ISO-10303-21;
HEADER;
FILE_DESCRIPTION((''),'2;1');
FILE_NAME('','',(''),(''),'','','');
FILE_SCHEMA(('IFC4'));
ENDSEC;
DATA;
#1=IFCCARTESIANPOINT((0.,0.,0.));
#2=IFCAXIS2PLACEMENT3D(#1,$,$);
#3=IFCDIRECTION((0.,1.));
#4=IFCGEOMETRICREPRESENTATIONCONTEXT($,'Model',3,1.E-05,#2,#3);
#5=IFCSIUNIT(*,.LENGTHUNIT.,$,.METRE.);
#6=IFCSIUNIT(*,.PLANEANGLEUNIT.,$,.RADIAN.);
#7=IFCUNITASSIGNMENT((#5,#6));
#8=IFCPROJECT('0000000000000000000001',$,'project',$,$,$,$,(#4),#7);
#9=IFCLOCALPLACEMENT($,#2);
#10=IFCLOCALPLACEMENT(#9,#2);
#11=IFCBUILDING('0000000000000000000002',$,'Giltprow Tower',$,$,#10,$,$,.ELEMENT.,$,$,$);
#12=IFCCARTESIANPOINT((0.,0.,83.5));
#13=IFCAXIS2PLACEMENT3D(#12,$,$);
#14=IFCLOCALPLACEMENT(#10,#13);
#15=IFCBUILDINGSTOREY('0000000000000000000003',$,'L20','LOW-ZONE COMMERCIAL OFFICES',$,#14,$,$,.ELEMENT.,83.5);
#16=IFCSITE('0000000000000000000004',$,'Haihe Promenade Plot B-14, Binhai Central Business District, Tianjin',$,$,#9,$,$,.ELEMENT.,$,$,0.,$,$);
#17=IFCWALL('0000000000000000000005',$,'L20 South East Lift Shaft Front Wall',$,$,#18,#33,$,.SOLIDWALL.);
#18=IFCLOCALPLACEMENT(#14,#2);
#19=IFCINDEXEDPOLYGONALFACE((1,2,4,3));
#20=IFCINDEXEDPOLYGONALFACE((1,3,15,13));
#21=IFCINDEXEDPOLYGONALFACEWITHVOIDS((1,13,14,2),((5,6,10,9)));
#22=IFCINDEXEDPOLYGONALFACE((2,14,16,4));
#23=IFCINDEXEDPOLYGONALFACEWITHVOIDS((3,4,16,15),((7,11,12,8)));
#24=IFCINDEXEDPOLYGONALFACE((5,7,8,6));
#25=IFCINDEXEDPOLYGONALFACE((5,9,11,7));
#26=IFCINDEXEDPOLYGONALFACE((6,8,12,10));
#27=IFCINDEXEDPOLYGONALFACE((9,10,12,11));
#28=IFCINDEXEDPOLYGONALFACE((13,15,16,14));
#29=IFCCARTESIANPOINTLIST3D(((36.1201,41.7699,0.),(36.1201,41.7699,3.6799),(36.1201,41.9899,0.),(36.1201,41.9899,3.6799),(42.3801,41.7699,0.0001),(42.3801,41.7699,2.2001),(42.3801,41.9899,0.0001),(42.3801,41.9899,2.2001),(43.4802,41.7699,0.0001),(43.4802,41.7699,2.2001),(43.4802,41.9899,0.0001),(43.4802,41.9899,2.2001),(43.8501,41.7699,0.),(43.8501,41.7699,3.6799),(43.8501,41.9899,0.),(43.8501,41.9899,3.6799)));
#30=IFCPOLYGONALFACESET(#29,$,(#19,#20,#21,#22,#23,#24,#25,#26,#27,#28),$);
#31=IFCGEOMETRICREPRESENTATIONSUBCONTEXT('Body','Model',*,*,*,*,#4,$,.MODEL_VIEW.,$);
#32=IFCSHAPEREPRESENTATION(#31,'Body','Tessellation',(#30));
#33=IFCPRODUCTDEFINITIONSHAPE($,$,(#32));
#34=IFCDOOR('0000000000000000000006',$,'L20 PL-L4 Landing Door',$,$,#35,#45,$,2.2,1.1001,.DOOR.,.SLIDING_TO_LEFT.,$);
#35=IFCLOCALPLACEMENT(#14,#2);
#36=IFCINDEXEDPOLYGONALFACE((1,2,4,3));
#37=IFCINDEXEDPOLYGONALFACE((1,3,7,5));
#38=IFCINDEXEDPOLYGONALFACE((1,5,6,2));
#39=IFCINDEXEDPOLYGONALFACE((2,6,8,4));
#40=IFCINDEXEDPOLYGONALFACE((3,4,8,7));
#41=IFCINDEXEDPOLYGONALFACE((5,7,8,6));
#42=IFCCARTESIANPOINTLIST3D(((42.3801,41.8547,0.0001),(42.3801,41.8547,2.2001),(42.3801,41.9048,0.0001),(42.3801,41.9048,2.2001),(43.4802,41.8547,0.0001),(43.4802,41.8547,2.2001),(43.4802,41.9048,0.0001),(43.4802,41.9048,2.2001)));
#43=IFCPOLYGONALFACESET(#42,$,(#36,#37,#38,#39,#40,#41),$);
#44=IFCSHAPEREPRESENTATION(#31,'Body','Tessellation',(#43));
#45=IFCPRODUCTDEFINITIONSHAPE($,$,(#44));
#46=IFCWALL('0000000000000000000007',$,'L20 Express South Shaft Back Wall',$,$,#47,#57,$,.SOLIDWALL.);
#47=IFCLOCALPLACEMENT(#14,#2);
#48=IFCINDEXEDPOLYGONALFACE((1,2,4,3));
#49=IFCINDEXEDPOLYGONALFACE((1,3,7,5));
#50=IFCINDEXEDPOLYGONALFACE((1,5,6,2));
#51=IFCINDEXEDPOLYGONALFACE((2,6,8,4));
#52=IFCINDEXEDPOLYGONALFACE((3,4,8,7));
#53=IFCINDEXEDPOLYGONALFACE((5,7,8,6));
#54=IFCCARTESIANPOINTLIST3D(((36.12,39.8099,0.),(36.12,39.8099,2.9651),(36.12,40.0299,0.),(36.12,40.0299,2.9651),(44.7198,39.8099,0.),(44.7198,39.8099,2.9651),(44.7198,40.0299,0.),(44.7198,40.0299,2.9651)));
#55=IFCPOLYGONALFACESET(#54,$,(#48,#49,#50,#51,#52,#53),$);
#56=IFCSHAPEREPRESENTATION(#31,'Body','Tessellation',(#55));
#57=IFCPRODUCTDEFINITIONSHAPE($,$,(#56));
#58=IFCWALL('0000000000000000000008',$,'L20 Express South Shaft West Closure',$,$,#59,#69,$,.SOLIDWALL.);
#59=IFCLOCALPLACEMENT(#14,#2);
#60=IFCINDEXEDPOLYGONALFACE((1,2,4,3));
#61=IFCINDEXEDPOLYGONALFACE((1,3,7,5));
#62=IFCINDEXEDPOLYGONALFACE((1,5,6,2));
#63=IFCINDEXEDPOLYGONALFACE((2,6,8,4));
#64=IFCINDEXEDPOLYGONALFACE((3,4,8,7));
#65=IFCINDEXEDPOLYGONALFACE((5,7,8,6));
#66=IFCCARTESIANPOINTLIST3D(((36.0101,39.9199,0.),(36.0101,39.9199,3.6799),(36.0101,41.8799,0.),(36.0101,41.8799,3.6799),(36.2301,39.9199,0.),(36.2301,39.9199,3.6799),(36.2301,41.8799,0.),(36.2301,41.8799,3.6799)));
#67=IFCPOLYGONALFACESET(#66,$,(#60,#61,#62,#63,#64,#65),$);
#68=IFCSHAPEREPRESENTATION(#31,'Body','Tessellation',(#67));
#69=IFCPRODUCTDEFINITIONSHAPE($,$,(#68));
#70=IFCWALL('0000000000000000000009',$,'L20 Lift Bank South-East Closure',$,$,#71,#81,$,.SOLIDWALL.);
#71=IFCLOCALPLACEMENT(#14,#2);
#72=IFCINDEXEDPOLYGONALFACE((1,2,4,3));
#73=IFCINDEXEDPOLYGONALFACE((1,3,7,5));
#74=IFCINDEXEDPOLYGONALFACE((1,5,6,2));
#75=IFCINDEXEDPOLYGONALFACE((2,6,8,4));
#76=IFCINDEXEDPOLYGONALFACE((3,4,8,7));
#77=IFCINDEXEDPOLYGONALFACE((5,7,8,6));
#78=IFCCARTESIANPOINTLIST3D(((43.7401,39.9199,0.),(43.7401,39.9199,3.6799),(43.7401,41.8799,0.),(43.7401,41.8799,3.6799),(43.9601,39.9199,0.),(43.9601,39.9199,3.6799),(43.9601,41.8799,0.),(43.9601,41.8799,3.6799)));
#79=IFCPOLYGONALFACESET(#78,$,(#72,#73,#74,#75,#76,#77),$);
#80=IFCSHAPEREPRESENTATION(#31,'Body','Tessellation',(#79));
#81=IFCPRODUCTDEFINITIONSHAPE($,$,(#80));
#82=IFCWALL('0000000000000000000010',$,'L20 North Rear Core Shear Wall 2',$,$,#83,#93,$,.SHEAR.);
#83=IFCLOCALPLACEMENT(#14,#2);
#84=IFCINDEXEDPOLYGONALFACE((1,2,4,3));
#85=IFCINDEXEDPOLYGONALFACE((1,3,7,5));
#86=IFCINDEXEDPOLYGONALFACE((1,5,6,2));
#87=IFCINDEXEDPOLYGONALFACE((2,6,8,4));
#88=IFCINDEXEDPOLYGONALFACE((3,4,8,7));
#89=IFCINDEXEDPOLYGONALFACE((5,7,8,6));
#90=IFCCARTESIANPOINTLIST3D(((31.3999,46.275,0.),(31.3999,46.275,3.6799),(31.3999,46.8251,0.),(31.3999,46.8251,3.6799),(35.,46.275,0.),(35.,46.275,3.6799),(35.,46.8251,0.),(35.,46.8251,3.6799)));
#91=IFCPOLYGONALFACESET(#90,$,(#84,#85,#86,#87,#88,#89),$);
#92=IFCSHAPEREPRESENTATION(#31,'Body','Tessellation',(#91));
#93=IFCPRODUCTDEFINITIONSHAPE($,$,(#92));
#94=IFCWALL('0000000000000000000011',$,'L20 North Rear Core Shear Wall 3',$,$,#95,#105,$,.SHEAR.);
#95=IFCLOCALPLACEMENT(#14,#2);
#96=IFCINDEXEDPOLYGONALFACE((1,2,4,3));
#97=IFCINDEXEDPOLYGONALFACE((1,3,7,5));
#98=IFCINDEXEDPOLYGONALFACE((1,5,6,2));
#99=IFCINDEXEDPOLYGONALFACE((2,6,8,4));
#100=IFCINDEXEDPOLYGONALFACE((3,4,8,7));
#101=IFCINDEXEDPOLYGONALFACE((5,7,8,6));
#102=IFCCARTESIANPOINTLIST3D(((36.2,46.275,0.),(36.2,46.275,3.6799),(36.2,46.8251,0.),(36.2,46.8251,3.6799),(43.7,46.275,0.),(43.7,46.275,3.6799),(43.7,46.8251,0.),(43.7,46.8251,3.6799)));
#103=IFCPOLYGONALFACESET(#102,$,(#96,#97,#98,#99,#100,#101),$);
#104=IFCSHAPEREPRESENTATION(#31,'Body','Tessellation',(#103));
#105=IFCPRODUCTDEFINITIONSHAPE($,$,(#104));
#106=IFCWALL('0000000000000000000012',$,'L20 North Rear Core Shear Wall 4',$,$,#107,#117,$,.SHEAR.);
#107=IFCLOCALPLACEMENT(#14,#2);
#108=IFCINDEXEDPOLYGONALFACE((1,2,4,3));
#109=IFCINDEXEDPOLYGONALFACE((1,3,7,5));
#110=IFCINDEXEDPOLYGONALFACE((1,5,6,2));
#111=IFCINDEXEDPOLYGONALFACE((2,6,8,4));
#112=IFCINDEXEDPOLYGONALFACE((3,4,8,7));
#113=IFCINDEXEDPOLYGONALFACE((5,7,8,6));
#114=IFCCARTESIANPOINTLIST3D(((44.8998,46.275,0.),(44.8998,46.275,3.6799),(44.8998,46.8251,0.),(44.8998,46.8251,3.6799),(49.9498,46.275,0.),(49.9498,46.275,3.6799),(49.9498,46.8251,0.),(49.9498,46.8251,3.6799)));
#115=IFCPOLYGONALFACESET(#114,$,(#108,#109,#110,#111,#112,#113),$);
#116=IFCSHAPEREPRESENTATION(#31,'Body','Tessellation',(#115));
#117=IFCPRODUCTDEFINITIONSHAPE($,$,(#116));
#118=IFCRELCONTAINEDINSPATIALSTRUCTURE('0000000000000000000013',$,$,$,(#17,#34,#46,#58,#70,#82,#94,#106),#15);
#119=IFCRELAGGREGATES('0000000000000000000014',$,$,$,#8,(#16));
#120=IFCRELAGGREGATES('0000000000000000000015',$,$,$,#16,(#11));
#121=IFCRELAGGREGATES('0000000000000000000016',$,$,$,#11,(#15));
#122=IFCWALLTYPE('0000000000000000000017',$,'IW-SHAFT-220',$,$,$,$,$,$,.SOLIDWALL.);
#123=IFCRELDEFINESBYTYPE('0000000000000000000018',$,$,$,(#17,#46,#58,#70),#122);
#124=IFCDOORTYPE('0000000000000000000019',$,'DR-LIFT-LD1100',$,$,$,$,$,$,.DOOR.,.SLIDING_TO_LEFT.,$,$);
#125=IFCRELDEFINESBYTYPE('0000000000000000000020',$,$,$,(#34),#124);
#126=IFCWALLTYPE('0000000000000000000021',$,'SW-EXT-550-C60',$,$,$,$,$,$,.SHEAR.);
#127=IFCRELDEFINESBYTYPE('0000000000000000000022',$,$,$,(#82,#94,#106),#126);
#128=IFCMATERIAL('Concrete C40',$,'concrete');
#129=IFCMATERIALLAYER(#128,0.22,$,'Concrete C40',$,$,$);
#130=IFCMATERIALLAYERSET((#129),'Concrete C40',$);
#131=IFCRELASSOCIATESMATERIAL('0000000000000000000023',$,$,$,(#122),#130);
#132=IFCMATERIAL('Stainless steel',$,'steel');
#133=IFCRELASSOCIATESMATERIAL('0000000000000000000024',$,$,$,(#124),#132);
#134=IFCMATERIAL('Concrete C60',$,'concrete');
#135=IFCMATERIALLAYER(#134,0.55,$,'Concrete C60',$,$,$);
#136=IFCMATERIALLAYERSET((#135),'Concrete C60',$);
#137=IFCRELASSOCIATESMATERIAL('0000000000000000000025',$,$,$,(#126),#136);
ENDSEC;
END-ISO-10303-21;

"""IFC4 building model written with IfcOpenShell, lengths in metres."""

from ifc_helpers import new_model, si_unit, direction, frame, frame_2d, origin, place, context, subcontext, project, spatial, rectangle, extrude, source, transform, mapped, material, layer, layer_set, type_object, element, fill, save


model = new_model("IFC4")

# Units and contexts
model_context = context("Model", 3, precision=1e-05, world=origin(), true_north=direction((0.0, 1.0)))
body_context = subcontext(model_context, "Body", "Model", "MODEL_VIEW")
ifc_project = project(units=[si_unit("LENGTHUNIT", "METRE"), si_unit("PLANEANGLEUNIT", "RADIAN")], contexts=[model_context])

# Site, building, storey
site_placement = place(None, origin())
site = spatial("IfcSite", under=ifc_project, at=site_placement, Name="Haihe Promenade Plot B-14, Binhai Central Business District, Tianjin", CompositionType="ELEMENT", RefElevation=0.0)
building_placement = place(site_placement, origin())
building = spatial("IfcBuilding", under=site, at=building_placement, Name="Giltprow Tower", CompositionType="ELEMENT")
storey_placement = place(building_placement, frame((0.0, 0.0, 83.5)))
storey = spatial("IfcBuildingStorey", under=building, at=storey_placement, Name="L20", Description="LOW-ZONE COMMERCIAL OFFICES", CompositionType="ELEMENT", Elevation=83.5)

# Shared definitions
ifc_material_1 = material(Name="Concrete C60", Category="concrete")

# Shared definitions
ifc_material_2 = material(Name="Concrete C40", Category="concrete")
ifc_layer_1 = layer(ifc_material_2, 0.22, Name="Concrete C40")
ifc_layer_set_1 = layer_set([ifc_layer_1], Name="Concrete C40")
wall_type_1 = type_object("IfcWallType", Name="IW-SHAFT-220", PredefinedType="SOLIDWALL", material=ifc_layer_set_1)
ifc_material_3 = material(Name="Stainless steel", Category="steel")
door_type = type_object("IfcDoorType", Name="DR-LIFT-LD1100", OperationType="SLIDING_TO_LEFT", PredefinedType="DOOR", material=ifc_material_3)
shared_shape_1 = source(origin(), body_context, "Body", "SweptSolid", [
    extrude(rectangle(XDim=1.1001, YDim=2.2, at=frame_2d((0.55, 1.1001))), frame((0.0, 0.0249, 0.0), z_axis=(0.0, -1.0, 0.0), x_axis=(1.0, 0.0, 0.0)), (0.0, 0.0, 1.0), 0.05),
])

# Wall, opening, door
wall_1_placement = place(storey_placement, frame((36.1201, 41.8799, 0.0), z_axis=(0.0, 0.0, 1.0), x_axis=(1.0, 0.0, 0.0)))
wall_1 = element("IfcWall", 1, at=wall_1_placement, inside=storey, type_object=wall_type_1, Name="L20 South East Lift Shaft Front Wall", PredefinedType="SOLIDWALL", context=body_context, shape_type="SweptSolid", body=[
    extrude(rectangle(XDim=7.73, YDim=0.22, at=frame_2d((3.865, 0.0))), origin(), (0.0, 0.0, 1.0), 3.6799),
])
opening_1_placement = place(wall_1_placement, frame((6.26, 0.0, 0.0)))
opening_1 = element("IfcOpeningElement", 2, at=opening_1_placement, cuts=wall_1, PredefinedType="OPENING", context=body_context, shape_type="SweptSolid", body=[
    extrude(rectangle(XDim=1.1001, YDim=2.2, at=frame_2d((0.55, 1.1001))), frame((0.0, 0.1199, 0.0), z_axis=(0.0, -1.0, 0.0), x_axis=(1.0, 0.0, 0.0)), (0.0, 0.0, 1.0), 0.24),
])
door_1_placement = place(opening_1_placement, origin())
door_1 = element("IfcDoor", 3, at=door_1_placement, inside=storey, type_object=door_type, Name="L20 PL-L4 Landing Door", OperationType="SLIDING_TO_LEFT", OverallHeight=2.2, OverallWidth=1.1001, PredefinedType="DOOR", context=body_context, shape_type="MappedRepresentation", body=[
    mapped(shared_shape_1, transform((0.0, 0.0, 0.0), x_axis=(1.0, 0.0, 0.0), y_axis=(0.0, 1.0, 0.0), z_axis=(0.0, 0.0, 1.0), scale=1.0)),
])
fill(opening_1, door_1)

# Walls
wall_2_placement = place(storey_placement, frame((36.1201, 39.9199, 0.0), z_axis=(0.0, 0.0, 1.0), x_axis=(1.0, 0.0, 0.0)))
element("IfcWall", 4, at=wall_2_placement, inside=storey, type_object=wall_type_1, Name="L20 Express South Shaft Back Wall", PredefinedType="SOLIDWALL", context=body_context, shape_type="SweptSolid", body=[
    extrude(rectangle(XDim=8.5999, YDim=0.22, at=frame_2d((4.2998, 0.0))), origin(), (0.0, 0.0, 1.0), 2.9651),
])
for number, where, z_axis, x_axis, name in (
    (5, (36.1201, 39.9199, 0.0), (0.0, 0.0, 1.0), (0.0, 1.0, 0.0), "L20 Express South Shaft West Closure"),
    (6, (43.8501, 39.9199, 0.0), (0.0, 0.0, 1.0), (0.0, 1.0, 0.0), "L20 Lift Bank South-East Closure"),
):
    element("IfcWall", number, at=place(storey_placement, frame(where, z_axis=z_axis, x_axis=x_axis)), inside=storey, type_object=wall_type_1, Name=name, PredefinedType="SOLIDWALL", context=body_context, shape_type="SweptSolid", body=[
        extrude(rectangle(XDim=1.96, YDim=0.22, at=frame_2d((0.98, 0.0))), origin(), (0.0, 0.0, 1.0), 3.6799),
    ])
ifc_layer_2 = layer(ifc_material_1, 0.55, Name="Concrete C60")
ifc_layer_set_2 = layer_set([ifc_layer_2], Name="Concrete C60")
wall_type_2 = type_object("IfcWallType", Name="SW-EXT-550-C60", PredefinedType="SHEAR", material=ifc_layer_set_2)
wall_3_placement = place(storey_placement, frame((31.3999, 46.55, 0.0), z_axis=(0.0, 0.0, 1.0), x_axis=(1.0, 0.0, 0.0)))
element("IfcWall", 7, at=wall_3_placement, inside=storey, type_object=wall_type_2, Name="L20 North Rear Core Shear Wall 2", PredefinedType="SHEAR", context=body_context, shape_type="SweptSolid", body=[
    extrude(rectangle(XDim=3.6001, YDim=0.55, at=frame_2d((1.8, 0.0))), origin(), (0.0, 0.0, 1.0), 3.6799),
])
wall_4_placement = place(storey_placement, frame((36.2, 46.55, 0.0), z_axis=(0.0, 0.0, 1.0), x_axis=(1.0, 0.0, 0.0)))
element("IfcWall", 8, at=wall_4_placement, inside=storey, type_object=wall_type_2, Name="L20 North Rear Core Shear Wall 3", PredefinedType="SHEAR", context=body_context, shape_type="SweptSolid", body=[
    extrude(rectangle(XDim=7.5, YDim=0.55, at=frame_2d((3.75, 0.0))), origin(), (0.0, 0.0, 1.0), 3.6799),
])
wall_5_placement = place(storey_placement, frame((44.8999, 46.55, 0.0), z_axis=(0.0, 0.0, 1.0), x_axis=(1.0, 0.0, 0.0)))
element("IfcWall", 9, at=wall_5_placement, inside=storey, type_object=wall_type_2, Name="L20 North Rear Core Shear Wall 4", PredefinedType="SHEAR", context=body_context, shape_type="SweptSolid", body=[
    extrude(rectangle(XDim=5.05, YDim=0.55, at=frame_2d((2.5249, 0.0))), origin(), (0.0, 0.0, 1.0), 3.6799),
])

save(model, "model.ifc")
